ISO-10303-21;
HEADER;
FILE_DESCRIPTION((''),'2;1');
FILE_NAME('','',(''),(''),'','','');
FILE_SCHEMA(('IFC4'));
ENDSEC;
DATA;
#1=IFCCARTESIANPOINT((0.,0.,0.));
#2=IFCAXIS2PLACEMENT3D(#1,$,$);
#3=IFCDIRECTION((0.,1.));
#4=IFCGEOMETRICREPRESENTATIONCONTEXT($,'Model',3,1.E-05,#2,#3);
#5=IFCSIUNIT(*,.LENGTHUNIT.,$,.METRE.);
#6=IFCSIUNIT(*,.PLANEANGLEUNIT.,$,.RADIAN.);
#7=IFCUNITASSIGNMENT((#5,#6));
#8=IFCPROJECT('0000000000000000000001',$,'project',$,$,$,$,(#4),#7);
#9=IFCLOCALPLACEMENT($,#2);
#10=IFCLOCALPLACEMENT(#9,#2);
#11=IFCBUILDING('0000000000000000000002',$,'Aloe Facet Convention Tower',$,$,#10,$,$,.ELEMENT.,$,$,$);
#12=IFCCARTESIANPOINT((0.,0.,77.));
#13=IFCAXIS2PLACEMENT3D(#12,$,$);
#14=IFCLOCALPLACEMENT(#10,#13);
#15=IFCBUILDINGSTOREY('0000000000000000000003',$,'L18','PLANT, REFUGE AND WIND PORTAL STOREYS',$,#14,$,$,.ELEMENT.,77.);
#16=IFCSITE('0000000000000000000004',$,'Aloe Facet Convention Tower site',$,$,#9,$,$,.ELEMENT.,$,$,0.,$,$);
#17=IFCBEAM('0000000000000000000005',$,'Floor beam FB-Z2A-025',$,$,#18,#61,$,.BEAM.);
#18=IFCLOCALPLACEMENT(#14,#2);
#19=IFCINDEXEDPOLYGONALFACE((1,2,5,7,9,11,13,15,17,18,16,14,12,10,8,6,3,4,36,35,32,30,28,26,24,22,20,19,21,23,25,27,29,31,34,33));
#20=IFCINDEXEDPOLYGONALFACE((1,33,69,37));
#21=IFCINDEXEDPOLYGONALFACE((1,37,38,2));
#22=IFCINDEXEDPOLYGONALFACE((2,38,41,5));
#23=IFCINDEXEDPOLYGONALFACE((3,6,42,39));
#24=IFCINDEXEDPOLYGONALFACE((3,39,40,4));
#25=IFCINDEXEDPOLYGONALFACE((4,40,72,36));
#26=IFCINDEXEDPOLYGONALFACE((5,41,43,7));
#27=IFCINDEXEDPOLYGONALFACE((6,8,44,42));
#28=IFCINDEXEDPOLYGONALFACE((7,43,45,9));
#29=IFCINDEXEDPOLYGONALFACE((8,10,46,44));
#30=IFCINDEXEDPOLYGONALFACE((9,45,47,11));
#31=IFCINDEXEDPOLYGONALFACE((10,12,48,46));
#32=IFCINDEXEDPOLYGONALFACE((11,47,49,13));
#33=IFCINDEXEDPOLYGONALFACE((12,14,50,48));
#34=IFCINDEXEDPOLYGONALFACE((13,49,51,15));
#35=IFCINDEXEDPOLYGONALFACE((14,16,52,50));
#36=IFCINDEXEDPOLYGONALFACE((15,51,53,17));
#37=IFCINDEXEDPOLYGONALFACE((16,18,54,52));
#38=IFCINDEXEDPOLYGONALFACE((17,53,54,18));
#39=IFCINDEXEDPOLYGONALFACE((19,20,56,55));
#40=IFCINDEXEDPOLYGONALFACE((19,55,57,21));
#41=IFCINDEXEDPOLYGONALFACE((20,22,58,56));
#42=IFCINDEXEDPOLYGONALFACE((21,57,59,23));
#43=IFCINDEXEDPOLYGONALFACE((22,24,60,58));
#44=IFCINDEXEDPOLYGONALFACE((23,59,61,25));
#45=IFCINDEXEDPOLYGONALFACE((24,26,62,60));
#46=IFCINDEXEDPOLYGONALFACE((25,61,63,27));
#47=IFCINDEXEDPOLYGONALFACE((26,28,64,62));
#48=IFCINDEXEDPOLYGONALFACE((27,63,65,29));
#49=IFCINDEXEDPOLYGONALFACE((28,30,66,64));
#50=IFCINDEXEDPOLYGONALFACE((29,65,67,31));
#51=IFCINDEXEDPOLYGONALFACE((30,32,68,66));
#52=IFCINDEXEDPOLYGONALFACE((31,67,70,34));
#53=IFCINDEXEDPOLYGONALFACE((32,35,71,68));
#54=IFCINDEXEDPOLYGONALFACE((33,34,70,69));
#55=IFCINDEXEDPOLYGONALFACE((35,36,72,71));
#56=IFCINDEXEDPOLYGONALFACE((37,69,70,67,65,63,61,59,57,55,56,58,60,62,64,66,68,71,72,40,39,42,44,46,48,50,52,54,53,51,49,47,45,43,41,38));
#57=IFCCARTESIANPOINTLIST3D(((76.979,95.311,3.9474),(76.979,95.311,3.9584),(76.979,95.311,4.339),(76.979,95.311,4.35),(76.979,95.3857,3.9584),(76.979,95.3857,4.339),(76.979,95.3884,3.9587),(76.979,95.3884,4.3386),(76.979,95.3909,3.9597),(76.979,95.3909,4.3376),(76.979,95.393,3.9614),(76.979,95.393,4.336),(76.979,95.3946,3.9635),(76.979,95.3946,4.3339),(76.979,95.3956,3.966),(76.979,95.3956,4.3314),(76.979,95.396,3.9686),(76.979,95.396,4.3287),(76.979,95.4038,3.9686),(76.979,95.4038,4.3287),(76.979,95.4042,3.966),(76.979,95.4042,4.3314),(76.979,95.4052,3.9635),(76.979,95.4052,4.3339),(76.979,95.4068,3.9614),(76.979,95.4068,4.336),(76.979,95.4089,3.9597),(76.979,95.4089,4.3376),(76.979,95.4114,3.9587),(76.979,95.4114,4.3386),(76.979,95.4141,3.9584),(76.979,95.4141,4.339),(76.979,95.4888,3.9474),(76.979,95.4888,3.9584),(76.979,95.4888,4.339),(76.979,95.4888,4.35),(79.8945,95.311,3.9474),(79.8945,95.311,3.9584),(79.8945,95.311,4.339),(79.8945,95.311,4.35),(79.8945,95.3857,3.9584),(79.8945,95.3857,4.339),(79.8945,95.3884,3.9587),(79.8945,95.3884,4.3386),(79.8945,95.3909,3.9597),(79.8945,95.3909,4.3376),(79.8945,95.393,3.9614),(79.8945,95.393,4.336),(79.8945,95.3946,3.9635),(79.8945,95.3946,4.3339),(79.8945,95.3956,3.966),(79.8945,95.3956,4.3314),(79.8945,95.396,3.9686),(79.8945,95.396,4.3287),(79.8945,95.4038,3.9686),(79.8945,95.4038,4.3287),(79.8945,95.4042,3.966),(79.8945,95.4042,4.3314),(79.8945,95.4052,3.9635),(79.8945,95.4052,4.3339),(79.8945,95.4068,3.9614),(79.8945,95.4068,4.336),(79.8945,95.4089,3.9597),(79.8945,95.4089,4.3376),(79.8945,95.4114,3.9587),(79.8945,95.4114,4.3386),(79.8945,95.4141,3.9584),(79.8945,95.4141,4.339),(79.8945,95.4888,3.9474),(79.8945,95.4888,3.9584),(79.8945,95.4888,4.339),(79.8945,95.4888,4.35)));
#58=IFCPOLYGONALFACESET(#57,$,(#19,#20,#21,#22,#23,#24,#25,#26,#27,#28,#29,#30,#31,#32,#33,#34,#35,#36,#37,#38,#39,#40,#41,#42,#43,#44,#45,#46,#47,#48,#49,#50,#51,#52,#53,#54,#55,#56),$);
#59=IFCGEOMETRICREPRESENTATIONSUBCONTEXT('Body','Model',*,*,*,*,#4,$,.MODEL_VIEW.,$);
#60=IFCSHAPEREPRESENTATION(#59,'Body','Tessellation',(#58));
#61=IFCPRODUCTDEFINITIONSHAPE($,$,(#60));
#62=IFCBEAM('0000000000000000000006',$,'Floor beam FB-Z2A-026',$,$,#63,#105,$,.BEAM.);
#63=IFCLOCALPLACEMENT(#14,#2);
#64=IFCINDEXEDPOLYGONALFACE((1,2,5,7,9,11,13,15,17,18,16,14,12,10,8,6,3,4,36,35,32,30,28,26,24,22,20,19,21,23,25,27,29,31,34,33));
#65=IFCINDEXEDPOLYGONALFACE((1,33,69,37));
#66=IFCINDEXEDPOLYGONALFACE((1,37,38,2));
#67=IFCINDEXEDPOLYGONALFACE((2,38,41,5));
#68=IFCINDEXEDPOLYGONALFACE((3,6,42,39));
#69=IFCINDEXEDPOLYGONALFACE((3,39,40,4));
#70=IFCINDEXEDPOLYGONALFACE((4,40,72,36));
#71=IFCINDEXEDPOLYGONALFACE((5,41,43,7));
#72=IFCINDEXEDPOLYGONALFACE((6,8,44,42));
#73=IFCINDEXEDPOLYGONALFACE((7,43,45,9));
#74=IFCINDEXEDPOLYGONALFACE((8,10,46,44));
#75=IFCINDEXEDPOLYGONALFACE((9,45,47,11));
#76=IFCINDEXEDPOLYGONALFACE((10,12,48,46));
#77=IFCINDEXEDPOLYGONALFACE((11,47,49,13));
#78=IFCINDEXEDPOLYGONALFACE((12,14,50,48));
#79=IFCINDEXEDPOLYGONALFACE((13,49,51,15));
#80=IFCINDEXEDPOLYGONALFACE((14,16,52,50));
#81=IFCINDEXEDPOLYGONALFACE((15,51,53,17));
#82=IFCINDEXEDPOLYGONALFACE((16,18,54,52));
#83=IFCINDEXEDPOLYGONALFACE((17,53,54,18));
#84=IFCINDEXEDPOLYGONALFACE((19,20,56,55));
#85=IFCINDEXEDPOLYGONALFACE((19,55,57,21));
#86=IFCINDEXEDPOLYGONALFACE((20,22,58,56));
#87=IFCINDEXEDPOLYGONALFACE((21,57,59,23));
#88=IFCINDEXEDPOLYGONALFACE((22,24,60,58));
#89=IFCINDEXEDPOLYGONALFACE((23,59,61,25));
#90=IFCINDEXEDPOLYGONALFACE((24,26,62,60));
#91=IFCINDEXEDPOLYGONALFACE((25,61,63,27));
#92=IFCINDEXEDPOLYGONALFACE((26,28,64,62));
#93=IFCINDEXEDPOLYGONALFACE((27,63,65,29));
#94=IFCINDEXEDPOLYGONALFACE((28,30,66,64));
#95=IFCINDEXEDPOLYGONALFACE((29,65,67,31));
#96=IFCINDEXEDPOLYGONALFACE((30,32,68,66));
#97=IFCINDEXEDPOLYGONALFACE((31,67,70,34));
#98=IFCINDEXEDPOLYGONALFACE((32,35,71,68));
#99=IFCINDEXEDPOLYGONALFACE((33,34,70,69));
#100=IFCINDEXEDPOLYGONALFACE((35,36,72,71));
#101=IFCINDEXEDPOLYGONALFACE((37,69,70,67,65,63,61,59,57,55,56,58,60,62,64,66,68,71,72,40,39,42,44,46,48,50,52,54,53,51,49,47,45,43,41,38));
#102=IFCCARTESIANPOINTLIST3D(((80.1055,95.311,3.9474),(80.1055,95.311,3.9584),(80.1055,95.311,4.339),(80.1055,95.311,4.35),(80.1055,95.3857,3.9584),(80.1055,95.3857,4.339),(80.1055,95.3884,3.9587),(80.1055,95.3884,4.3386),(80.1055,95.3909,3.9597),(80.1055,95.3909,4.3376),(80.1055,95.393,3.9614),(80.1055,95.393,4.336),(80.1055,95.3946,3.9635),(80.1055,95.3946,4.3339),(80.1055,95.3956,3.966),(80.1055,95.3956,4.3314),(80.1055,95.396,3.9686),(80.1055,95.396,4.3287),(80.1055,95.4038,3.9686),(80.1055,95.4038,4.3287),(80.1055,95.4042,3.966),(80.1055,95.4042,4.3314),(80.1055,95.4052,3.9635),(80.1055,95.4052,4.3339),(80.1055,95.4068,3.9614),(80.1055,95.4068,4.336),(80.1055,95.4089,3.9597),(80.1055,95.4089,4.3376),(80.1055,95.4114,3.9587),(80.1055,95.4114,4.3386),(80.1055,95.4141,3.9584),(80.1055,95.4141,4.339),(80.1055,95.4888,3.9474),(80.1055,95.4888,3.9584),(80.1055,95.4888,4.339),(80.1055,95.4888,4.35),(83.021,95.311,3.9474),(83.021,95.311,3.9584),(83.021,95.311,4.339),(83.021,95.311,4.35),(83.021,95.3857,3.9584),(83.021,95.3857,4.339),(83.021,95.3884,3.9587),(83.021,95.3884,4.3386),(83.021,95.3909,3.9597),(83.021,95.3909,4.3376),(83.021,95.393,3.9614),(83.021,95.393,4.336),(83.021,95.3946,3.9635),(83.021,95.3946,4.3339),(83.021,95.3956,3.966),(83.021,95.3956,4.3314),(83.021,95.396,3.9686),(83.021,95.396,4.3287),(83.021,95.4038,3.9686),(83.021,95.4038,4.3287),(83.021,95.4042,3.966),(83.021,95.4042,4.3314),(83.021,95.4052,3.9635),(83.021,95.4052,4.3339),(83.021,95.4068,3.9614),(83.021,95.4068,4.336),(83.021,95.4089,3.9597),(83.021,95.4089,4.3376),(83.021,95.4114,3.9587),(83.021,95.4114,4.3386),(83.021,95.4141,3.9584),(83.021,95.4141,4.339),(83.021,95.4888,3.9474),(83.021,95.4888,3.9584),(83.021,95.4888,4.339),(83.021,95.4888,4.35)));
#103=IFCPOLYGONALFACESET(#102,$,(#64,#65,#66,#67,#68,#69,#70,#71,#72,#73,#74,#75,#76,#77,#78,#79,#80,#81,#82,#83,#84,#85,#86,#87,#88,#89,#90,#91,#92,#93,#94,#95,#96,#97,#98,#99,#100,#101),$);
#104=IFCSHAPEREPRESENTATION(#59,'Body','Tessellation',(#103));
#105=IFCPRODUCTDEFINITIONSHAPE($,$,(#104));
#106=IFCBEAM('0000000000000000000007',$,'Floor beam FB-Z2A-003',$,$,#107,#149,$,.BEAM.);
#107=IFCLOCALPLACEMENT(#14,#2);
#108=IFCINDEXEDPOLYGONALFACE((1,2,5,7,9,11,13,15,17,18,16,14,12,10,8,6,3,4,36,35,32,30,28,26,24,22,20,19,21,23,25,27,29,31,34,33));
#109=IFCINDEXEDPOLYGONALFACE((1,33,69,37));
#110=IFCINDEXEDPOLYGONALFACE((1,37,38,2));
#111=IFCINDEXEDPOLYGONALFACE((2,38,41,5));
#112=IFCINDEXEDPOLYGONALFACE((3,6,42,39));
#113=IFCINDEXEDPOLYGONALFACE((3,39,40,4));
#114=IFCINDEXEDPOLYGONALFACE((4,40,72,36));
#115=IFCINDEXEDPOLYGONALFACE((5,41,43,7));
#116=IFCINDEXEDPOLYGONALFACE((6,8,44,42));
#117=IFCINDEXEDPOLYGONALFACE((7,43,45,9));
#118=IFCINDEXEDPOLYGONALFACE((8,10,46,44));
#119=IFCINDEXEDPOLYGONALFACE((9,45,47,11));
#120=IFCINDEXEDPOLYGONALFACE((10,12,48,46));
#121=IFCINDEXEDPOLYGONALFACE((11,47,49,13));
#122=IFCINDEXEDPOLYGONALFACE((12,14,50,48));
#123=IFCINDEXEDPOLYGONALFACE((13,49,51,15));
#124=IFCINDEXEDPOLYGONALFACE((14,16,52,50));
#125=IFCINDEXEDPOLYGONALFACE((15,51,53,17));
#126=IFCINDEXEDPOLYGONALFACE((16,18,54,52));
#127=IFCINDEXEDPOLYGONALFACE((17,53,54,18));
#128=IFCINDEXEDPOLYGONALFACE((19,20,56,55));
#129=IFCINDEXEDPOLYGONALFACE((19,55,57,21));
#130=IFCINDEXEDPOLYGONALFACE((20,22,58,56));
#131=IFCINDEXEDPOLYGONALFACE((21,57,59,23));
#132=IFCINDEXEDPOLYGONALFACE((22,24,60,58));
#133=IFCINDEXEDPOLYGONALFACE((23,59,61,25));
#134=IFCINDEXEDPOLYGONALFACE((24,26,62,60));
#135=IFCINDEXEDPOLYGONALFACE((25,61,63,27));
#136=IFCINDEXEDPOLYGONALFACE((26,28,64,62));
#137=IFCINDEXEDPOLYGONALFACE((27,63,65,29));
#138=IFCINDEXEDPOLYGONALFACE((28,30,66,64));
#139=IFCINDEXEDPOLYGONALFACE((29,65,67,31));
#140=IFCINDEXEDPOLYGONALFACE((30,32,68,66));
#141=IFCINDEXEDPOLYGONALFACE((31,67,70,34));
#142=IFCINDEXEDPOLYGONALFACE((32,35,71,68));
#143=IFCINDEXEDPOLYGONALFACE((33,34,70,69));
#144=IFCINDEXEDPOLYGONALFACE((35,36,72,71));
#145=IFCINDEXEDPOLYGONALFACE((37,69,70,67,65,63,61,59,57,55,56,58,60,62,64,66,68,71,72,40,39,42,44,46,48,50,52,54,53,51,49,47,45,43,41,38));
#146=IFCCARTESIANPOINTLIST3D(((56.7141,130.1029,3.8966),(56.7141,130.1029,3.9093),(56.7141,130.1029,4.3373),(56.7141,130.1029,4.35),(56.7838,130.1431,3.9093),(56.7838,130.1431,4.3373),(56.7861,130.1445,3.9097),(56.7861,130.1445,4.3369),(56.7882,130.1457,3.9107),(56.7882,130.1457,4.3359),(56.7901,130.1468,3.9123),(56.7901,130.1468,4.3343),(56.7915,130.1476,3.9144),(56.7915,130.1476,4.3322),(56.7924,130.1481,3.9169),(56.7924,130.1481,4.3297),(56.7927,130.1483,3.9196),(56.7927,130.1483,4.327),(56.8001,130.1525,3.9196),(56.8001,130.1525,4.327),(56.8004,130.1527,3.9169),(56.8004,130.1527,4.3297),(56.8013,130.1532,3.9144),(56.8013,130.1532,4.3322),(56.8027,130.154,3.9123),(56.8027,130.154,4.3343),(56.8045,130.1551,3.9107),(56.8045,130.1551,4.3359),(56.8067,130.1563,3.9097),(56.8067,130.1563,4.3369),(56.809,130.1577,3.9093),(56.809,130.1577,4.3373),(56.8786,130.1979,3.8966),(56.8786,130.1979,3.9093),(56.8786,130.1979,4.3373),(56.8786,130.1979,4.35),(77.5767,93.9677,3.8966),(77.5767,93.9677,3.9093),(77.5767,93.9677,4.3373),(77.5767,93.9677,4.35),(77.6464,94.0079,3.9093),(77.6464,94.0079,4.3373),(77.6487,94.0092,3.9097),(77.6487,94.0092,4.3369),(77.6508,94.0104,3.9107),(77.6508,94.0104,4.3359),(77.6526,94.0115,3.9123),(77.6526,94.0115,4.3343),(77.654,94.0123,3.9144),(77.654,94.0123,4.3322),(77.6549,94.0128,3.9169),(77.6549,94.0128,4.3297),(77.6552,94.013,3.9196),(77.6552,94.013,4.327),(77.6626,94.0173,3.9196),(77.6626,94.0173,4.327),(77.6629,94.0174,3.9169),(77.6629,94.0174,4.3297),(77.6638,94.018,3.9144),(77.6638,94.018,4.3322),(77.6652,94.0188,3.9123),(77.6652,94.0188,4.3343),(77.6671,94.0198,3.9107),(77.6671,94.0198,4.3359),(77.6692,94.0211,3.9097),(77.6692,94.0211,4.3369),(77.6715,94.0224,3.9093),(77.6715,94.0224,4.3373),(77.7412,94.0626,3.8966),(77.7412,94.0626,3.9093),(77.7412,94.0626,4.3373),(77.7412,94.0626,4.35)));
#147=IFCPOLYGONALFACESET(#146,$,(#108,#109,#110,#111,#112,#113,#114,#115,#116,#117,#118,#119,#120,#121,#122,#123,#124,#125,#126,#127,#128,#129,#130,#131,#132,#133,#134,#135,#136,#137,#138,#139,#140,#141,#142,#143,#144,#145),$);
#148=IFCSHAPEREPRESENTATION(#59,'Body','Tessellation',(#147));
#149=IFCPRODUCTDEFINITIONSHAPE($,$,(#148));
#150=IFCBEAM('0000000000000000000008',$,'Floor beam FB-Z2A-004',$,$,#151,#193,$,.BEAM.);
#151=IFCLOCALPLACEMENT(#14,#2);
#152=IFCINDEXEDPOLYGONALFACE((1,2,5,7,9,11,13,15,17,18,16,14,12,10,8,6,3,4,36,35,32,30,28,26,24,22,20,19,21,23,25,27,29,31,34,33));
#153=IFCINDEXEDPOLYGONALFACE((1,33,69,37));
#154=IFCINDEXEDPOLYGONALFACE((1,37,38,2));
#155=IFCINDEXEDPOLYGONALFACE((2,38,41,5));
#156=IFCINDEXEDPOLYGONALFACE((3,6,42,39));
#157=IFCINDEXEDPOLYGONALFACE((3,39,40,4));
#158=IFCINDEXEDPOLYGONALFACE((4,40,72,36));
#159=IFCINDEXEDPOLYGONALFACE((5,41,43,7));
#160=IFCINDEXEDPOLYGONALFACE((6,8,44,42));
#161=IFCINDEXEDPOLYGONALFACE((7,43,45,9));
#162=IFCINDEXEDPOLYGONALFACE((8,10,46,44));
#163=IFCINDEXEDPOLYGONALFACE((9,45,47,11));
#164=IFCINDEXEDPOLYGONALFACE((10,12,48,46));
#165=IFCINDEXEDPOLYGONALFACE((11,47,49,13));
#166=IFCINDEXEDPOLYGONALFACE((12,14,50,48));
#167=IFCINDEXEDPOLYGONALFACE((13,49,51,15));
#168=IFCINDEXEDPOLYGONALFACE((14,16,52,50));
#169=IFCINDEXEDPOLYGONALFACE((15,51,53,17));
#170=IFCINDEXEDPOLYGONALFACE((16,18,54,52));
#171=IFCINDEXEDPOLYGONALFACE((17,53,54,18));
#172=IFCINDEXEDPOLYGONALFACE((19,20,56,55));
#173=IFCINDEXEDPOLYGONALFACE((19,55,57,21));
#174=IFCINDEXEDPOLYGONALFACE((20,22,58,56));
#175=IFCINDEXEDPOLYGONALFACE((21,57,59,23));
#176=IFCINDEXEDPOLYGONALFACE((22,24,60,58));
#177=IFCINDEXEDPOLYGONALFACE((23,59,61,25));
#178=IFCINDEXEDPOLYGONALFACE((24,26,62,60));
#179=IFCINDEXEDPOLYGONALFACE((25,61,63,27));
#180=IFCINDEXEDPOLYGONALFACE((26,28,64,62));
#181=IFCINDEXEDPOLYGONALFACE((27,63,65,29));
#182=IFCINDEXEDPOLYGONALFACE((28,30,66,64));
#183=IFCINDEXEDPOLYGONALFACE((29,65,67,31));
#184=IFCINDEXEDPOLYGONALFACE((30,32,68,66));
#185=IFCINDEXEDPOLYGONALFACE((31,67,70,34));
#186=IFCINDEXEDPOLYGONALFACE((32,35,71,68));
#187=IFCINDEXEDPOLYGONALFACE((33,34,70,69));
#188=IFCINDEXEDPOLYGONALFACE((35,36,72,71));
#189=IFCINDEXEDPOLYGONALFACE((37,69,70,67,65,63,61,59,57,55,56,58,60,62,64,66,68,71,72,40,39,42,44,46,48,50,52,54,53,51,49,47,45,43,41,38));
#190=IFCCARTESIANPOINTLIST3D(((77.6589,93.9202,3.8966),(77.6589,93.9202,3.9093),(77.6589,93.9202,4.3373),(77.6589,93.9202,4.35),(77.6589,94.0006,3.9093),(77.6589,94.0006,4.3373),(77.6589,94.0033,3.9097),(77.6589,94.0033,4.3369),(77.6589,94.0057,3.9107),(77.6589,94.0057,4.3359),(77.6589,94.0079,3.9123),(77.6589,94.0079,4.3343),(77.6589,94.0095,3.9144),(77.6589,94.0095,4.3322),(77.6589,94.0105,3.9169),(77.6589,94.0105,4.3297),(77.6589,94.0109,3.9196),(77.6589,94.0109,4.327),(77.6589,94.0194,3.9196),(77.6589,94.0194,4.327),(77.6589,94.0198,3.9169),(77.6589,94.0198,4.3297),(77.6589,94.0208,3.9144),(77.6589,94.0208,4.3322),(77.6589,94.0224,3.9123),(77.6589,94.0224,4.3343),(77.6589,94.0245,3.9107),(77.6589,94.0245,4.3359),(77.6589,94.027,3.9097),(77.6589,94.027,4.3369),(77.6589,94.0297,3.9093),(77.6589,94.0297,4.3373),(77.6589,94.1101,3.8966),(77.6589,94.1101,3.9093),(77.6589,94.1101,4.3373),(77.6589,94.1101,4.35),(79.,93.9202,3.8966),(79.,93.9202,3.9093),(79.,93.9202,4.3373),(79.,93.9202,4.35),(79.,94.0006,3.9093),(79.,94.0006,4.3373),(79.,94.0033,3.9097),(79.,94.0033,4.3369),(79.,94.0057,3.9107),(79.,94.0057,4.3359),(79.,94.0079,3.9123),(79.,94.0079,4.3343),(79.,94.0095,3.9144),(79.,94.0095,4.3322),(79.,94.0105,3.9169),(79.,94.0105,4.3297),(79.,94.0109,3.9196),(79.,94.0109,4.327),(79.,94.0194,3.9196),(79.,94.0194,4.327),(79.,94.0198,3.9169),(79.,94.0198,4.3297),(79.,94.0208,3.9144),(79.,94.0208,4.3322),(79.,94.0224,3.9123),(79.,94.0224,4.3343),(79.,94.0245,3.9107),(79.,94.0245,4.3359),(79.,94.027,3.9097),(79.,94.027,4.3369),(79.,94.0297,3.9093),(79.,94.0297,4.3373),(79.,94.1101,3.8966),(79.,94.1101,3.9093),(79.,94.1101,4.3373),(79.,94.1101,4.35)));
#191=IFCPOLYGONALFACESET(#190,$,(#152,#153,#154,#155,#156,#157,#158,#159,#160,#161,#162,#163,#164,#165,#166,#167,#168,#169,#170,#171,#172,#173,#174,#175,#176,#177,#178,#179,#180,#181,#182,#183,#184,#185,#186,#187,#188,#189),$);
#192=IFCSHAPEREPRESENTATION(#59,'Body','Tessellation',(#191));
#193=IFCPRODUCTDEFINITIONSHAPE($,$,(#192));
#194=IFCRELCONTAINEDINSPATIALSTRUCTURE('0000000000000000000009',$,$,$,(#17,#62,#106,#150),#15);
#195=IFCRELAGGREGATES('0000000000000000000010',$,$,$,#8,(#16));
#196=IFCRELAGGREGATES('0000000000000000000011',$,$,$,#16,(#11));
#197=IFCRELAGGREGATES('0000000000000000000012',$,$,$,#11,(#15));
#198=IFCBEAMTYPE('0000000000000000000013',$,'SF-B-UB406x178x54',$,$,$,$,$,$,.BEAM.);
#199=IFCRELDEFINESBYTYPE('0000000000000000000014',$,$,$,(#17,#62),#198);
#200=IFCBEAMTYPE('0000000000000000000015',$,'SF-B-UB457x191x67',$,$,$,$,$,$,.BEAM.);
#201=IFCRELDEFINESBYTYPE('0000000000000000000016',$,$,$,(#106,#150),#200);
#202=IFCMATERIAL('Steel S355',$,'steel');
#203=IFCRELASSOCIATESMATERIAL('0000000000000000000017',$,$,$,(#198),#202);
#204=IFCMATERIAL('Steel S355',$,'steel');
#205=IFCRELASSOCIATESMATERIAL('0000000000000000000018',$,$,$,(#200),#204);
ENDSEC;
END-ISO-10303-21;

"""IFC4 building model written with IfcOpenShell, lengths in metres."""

from ifc_helpers import new_model, si_unit, direction, frame, origin, origin_2d, place, context, subcontext, project, spatial, i_section, extrude, material, material_profile, profile_set, type_object, element, save


model = new_model("IFC4")

# Units and contexts
model_context = context("Model", 3, precision=1e-05, world=origin(), true_north=direction((0.0, 1.0)))
body_context = subcontext(model_context, "Body", "Model", "MODEL_VIEW")
ifc_project = project(units=[si_unit("LENGTHUNIT", "METRE"), si_unit("PLANEANGLEUNIT", "RADIAN")], contexts=[model_context])

# Site, building, storey
site_placement = place(None, origin())
site = spatial("IfcSite", under=ifc_project, at=site_placement, Name="Aloe Facet Convention Tower site", CompositionType="ELEMENT", RefElevation=0.0)
building_placement = place(site_placement, origin())
building = spatial("IfcBuilding", under=site, at=building_placement, Name="Aloe Facet Convention Tower", CompositionType="ELEMENT")
storey_placement = place(building_placement, frame((0.0, 0.0, 77.0)))
storey = spatial("IfcBuildingStorey", under=building, at=storey_placement, Name="L18", Description="PLANT, REFUGE AND WIND PORTAL STOREYS", CompositionType="ELEMENT", Elevation=77.0)

# Beams
ifc_material_1 = material(Name="Steel S355", Category="steel")
ifc_material_profile_1 = material_profile(ifc_material_1, i_section(OverallWidth=0.1777, OverallDepth=0.4026, WebThickness=0.0078, FlangeThickness=0.011, FilletRadius=0.0103, at=origin_2d()), Name="UB 406x178x54")
ifc_profile_set_1 = profile_set([ifc_material_profile_1], Name="Steel S355")
beam_type_1 = type_object("IfcBeamType", Name="SF-B-UB406x178x54", PredefinedType="BEAM", material=ifc_profile_set_1)
for number, where, z_axis, x_axis, name in (
    (1, (76.979, 95.3999, 4.1487), (1.0, 0.0, 0.0), (0.0, 1.0, 0.0), "Floor beam FB-Z2A-025"),
    (2, (80.1055, 95.3999, 4.1487), (1.0, 0.0, 0.0), (0.0, 1.0, 0.0), "Floor beam FB-Z2A-026"),
):
    element("IfcBeam", number, at=place(storey_placement, frame(where, z_axis=z_axis, x_axis=x_axis)), inside=storey, type_object=beam_type_1, Name=name, PredefinedType="BEAM", context=body_context, shape_type="SweptSolid", body=[
        extrude(i_section(OverallWidth=0.1777, OverallDepth=0.4026, WebThickness=0.0078, FlangeThickness=0.011, FilletRadius=0.0103, at=origin_2d()), origin(), (0.0, 0.0, 1.0), 2.9155),
    ])
ifc_material_2 = material(Name="Steel S355", Category="steel")
ifc_material_profile_2 = material_profile(ifc_material_2, i_section(OverallWidth=0.1899, OverallDepth=0.4534, WebThickness=0.0085, FlangeThickness=0.0127, FilletRadius=0.0103, at=origin_2d()), Name="UB 457x191x67")
ifc_profile_set_2 = profile_set([ifc_material_profile_2], Name="Steel S355")
beam_type_2 = type_object("IfcBeamType", Name="SF-B-UB457x191x67", PredefinedType="BEAM", material=ifc_profile_set_2)
beam_1_placement = place(storey_placement, frame((77.6589, 94.0151, 4.1233), z_axis=(-0.499997, 0.866027, 0.0), x_axis=(-0.866027, -0.499997, 0.0)))
element("IfcBeam", 3, at=beam_1_placement, inside=storey, type_object=beam_type_2, Name="Floor beam FB-Z2A-003", PredefinedType="BEAM", context=body_context, shape_type="SweptSolid", body=[
    extrude(i_section(OverallWidth=0.1899, OverallDepth=0.4534, WebThickness=0.0085, FlangeThickness=0.0127, FilletRadius=0.0103, at=origin_2d()), origin(), (0.0, 0.0, 1.0), 41.7253),
])
for number, where, z_axis, x_axis, name in (
    (4, (79.0, 94.0151, 4.1233), (-1.0, 0.0, 0.0), (0.0, -1.0, 0.0), "Floor beam FB-Z2A-004"),
):
    element("IfcBeam", number, at=place(storey_placement, frame(where, z_axis=z_axis, x_axis=x_axis)), inside=storey, type_object=beam_type_2, Name=name, PredefinedType="BEAM", context=body_context, shape_type="SweptSolid", body=[
        extrude(i_section(OverallWidth=0.1899, OverallDepth=0.4534, WebThickness=0.0085, FlangeThickness=0.0127, FilletRadius=0.0103, at=origin_2d()), origin(), (0.0, 0.0, 1.0), 1.3411),
    ])

save(model, "model.ifc")
